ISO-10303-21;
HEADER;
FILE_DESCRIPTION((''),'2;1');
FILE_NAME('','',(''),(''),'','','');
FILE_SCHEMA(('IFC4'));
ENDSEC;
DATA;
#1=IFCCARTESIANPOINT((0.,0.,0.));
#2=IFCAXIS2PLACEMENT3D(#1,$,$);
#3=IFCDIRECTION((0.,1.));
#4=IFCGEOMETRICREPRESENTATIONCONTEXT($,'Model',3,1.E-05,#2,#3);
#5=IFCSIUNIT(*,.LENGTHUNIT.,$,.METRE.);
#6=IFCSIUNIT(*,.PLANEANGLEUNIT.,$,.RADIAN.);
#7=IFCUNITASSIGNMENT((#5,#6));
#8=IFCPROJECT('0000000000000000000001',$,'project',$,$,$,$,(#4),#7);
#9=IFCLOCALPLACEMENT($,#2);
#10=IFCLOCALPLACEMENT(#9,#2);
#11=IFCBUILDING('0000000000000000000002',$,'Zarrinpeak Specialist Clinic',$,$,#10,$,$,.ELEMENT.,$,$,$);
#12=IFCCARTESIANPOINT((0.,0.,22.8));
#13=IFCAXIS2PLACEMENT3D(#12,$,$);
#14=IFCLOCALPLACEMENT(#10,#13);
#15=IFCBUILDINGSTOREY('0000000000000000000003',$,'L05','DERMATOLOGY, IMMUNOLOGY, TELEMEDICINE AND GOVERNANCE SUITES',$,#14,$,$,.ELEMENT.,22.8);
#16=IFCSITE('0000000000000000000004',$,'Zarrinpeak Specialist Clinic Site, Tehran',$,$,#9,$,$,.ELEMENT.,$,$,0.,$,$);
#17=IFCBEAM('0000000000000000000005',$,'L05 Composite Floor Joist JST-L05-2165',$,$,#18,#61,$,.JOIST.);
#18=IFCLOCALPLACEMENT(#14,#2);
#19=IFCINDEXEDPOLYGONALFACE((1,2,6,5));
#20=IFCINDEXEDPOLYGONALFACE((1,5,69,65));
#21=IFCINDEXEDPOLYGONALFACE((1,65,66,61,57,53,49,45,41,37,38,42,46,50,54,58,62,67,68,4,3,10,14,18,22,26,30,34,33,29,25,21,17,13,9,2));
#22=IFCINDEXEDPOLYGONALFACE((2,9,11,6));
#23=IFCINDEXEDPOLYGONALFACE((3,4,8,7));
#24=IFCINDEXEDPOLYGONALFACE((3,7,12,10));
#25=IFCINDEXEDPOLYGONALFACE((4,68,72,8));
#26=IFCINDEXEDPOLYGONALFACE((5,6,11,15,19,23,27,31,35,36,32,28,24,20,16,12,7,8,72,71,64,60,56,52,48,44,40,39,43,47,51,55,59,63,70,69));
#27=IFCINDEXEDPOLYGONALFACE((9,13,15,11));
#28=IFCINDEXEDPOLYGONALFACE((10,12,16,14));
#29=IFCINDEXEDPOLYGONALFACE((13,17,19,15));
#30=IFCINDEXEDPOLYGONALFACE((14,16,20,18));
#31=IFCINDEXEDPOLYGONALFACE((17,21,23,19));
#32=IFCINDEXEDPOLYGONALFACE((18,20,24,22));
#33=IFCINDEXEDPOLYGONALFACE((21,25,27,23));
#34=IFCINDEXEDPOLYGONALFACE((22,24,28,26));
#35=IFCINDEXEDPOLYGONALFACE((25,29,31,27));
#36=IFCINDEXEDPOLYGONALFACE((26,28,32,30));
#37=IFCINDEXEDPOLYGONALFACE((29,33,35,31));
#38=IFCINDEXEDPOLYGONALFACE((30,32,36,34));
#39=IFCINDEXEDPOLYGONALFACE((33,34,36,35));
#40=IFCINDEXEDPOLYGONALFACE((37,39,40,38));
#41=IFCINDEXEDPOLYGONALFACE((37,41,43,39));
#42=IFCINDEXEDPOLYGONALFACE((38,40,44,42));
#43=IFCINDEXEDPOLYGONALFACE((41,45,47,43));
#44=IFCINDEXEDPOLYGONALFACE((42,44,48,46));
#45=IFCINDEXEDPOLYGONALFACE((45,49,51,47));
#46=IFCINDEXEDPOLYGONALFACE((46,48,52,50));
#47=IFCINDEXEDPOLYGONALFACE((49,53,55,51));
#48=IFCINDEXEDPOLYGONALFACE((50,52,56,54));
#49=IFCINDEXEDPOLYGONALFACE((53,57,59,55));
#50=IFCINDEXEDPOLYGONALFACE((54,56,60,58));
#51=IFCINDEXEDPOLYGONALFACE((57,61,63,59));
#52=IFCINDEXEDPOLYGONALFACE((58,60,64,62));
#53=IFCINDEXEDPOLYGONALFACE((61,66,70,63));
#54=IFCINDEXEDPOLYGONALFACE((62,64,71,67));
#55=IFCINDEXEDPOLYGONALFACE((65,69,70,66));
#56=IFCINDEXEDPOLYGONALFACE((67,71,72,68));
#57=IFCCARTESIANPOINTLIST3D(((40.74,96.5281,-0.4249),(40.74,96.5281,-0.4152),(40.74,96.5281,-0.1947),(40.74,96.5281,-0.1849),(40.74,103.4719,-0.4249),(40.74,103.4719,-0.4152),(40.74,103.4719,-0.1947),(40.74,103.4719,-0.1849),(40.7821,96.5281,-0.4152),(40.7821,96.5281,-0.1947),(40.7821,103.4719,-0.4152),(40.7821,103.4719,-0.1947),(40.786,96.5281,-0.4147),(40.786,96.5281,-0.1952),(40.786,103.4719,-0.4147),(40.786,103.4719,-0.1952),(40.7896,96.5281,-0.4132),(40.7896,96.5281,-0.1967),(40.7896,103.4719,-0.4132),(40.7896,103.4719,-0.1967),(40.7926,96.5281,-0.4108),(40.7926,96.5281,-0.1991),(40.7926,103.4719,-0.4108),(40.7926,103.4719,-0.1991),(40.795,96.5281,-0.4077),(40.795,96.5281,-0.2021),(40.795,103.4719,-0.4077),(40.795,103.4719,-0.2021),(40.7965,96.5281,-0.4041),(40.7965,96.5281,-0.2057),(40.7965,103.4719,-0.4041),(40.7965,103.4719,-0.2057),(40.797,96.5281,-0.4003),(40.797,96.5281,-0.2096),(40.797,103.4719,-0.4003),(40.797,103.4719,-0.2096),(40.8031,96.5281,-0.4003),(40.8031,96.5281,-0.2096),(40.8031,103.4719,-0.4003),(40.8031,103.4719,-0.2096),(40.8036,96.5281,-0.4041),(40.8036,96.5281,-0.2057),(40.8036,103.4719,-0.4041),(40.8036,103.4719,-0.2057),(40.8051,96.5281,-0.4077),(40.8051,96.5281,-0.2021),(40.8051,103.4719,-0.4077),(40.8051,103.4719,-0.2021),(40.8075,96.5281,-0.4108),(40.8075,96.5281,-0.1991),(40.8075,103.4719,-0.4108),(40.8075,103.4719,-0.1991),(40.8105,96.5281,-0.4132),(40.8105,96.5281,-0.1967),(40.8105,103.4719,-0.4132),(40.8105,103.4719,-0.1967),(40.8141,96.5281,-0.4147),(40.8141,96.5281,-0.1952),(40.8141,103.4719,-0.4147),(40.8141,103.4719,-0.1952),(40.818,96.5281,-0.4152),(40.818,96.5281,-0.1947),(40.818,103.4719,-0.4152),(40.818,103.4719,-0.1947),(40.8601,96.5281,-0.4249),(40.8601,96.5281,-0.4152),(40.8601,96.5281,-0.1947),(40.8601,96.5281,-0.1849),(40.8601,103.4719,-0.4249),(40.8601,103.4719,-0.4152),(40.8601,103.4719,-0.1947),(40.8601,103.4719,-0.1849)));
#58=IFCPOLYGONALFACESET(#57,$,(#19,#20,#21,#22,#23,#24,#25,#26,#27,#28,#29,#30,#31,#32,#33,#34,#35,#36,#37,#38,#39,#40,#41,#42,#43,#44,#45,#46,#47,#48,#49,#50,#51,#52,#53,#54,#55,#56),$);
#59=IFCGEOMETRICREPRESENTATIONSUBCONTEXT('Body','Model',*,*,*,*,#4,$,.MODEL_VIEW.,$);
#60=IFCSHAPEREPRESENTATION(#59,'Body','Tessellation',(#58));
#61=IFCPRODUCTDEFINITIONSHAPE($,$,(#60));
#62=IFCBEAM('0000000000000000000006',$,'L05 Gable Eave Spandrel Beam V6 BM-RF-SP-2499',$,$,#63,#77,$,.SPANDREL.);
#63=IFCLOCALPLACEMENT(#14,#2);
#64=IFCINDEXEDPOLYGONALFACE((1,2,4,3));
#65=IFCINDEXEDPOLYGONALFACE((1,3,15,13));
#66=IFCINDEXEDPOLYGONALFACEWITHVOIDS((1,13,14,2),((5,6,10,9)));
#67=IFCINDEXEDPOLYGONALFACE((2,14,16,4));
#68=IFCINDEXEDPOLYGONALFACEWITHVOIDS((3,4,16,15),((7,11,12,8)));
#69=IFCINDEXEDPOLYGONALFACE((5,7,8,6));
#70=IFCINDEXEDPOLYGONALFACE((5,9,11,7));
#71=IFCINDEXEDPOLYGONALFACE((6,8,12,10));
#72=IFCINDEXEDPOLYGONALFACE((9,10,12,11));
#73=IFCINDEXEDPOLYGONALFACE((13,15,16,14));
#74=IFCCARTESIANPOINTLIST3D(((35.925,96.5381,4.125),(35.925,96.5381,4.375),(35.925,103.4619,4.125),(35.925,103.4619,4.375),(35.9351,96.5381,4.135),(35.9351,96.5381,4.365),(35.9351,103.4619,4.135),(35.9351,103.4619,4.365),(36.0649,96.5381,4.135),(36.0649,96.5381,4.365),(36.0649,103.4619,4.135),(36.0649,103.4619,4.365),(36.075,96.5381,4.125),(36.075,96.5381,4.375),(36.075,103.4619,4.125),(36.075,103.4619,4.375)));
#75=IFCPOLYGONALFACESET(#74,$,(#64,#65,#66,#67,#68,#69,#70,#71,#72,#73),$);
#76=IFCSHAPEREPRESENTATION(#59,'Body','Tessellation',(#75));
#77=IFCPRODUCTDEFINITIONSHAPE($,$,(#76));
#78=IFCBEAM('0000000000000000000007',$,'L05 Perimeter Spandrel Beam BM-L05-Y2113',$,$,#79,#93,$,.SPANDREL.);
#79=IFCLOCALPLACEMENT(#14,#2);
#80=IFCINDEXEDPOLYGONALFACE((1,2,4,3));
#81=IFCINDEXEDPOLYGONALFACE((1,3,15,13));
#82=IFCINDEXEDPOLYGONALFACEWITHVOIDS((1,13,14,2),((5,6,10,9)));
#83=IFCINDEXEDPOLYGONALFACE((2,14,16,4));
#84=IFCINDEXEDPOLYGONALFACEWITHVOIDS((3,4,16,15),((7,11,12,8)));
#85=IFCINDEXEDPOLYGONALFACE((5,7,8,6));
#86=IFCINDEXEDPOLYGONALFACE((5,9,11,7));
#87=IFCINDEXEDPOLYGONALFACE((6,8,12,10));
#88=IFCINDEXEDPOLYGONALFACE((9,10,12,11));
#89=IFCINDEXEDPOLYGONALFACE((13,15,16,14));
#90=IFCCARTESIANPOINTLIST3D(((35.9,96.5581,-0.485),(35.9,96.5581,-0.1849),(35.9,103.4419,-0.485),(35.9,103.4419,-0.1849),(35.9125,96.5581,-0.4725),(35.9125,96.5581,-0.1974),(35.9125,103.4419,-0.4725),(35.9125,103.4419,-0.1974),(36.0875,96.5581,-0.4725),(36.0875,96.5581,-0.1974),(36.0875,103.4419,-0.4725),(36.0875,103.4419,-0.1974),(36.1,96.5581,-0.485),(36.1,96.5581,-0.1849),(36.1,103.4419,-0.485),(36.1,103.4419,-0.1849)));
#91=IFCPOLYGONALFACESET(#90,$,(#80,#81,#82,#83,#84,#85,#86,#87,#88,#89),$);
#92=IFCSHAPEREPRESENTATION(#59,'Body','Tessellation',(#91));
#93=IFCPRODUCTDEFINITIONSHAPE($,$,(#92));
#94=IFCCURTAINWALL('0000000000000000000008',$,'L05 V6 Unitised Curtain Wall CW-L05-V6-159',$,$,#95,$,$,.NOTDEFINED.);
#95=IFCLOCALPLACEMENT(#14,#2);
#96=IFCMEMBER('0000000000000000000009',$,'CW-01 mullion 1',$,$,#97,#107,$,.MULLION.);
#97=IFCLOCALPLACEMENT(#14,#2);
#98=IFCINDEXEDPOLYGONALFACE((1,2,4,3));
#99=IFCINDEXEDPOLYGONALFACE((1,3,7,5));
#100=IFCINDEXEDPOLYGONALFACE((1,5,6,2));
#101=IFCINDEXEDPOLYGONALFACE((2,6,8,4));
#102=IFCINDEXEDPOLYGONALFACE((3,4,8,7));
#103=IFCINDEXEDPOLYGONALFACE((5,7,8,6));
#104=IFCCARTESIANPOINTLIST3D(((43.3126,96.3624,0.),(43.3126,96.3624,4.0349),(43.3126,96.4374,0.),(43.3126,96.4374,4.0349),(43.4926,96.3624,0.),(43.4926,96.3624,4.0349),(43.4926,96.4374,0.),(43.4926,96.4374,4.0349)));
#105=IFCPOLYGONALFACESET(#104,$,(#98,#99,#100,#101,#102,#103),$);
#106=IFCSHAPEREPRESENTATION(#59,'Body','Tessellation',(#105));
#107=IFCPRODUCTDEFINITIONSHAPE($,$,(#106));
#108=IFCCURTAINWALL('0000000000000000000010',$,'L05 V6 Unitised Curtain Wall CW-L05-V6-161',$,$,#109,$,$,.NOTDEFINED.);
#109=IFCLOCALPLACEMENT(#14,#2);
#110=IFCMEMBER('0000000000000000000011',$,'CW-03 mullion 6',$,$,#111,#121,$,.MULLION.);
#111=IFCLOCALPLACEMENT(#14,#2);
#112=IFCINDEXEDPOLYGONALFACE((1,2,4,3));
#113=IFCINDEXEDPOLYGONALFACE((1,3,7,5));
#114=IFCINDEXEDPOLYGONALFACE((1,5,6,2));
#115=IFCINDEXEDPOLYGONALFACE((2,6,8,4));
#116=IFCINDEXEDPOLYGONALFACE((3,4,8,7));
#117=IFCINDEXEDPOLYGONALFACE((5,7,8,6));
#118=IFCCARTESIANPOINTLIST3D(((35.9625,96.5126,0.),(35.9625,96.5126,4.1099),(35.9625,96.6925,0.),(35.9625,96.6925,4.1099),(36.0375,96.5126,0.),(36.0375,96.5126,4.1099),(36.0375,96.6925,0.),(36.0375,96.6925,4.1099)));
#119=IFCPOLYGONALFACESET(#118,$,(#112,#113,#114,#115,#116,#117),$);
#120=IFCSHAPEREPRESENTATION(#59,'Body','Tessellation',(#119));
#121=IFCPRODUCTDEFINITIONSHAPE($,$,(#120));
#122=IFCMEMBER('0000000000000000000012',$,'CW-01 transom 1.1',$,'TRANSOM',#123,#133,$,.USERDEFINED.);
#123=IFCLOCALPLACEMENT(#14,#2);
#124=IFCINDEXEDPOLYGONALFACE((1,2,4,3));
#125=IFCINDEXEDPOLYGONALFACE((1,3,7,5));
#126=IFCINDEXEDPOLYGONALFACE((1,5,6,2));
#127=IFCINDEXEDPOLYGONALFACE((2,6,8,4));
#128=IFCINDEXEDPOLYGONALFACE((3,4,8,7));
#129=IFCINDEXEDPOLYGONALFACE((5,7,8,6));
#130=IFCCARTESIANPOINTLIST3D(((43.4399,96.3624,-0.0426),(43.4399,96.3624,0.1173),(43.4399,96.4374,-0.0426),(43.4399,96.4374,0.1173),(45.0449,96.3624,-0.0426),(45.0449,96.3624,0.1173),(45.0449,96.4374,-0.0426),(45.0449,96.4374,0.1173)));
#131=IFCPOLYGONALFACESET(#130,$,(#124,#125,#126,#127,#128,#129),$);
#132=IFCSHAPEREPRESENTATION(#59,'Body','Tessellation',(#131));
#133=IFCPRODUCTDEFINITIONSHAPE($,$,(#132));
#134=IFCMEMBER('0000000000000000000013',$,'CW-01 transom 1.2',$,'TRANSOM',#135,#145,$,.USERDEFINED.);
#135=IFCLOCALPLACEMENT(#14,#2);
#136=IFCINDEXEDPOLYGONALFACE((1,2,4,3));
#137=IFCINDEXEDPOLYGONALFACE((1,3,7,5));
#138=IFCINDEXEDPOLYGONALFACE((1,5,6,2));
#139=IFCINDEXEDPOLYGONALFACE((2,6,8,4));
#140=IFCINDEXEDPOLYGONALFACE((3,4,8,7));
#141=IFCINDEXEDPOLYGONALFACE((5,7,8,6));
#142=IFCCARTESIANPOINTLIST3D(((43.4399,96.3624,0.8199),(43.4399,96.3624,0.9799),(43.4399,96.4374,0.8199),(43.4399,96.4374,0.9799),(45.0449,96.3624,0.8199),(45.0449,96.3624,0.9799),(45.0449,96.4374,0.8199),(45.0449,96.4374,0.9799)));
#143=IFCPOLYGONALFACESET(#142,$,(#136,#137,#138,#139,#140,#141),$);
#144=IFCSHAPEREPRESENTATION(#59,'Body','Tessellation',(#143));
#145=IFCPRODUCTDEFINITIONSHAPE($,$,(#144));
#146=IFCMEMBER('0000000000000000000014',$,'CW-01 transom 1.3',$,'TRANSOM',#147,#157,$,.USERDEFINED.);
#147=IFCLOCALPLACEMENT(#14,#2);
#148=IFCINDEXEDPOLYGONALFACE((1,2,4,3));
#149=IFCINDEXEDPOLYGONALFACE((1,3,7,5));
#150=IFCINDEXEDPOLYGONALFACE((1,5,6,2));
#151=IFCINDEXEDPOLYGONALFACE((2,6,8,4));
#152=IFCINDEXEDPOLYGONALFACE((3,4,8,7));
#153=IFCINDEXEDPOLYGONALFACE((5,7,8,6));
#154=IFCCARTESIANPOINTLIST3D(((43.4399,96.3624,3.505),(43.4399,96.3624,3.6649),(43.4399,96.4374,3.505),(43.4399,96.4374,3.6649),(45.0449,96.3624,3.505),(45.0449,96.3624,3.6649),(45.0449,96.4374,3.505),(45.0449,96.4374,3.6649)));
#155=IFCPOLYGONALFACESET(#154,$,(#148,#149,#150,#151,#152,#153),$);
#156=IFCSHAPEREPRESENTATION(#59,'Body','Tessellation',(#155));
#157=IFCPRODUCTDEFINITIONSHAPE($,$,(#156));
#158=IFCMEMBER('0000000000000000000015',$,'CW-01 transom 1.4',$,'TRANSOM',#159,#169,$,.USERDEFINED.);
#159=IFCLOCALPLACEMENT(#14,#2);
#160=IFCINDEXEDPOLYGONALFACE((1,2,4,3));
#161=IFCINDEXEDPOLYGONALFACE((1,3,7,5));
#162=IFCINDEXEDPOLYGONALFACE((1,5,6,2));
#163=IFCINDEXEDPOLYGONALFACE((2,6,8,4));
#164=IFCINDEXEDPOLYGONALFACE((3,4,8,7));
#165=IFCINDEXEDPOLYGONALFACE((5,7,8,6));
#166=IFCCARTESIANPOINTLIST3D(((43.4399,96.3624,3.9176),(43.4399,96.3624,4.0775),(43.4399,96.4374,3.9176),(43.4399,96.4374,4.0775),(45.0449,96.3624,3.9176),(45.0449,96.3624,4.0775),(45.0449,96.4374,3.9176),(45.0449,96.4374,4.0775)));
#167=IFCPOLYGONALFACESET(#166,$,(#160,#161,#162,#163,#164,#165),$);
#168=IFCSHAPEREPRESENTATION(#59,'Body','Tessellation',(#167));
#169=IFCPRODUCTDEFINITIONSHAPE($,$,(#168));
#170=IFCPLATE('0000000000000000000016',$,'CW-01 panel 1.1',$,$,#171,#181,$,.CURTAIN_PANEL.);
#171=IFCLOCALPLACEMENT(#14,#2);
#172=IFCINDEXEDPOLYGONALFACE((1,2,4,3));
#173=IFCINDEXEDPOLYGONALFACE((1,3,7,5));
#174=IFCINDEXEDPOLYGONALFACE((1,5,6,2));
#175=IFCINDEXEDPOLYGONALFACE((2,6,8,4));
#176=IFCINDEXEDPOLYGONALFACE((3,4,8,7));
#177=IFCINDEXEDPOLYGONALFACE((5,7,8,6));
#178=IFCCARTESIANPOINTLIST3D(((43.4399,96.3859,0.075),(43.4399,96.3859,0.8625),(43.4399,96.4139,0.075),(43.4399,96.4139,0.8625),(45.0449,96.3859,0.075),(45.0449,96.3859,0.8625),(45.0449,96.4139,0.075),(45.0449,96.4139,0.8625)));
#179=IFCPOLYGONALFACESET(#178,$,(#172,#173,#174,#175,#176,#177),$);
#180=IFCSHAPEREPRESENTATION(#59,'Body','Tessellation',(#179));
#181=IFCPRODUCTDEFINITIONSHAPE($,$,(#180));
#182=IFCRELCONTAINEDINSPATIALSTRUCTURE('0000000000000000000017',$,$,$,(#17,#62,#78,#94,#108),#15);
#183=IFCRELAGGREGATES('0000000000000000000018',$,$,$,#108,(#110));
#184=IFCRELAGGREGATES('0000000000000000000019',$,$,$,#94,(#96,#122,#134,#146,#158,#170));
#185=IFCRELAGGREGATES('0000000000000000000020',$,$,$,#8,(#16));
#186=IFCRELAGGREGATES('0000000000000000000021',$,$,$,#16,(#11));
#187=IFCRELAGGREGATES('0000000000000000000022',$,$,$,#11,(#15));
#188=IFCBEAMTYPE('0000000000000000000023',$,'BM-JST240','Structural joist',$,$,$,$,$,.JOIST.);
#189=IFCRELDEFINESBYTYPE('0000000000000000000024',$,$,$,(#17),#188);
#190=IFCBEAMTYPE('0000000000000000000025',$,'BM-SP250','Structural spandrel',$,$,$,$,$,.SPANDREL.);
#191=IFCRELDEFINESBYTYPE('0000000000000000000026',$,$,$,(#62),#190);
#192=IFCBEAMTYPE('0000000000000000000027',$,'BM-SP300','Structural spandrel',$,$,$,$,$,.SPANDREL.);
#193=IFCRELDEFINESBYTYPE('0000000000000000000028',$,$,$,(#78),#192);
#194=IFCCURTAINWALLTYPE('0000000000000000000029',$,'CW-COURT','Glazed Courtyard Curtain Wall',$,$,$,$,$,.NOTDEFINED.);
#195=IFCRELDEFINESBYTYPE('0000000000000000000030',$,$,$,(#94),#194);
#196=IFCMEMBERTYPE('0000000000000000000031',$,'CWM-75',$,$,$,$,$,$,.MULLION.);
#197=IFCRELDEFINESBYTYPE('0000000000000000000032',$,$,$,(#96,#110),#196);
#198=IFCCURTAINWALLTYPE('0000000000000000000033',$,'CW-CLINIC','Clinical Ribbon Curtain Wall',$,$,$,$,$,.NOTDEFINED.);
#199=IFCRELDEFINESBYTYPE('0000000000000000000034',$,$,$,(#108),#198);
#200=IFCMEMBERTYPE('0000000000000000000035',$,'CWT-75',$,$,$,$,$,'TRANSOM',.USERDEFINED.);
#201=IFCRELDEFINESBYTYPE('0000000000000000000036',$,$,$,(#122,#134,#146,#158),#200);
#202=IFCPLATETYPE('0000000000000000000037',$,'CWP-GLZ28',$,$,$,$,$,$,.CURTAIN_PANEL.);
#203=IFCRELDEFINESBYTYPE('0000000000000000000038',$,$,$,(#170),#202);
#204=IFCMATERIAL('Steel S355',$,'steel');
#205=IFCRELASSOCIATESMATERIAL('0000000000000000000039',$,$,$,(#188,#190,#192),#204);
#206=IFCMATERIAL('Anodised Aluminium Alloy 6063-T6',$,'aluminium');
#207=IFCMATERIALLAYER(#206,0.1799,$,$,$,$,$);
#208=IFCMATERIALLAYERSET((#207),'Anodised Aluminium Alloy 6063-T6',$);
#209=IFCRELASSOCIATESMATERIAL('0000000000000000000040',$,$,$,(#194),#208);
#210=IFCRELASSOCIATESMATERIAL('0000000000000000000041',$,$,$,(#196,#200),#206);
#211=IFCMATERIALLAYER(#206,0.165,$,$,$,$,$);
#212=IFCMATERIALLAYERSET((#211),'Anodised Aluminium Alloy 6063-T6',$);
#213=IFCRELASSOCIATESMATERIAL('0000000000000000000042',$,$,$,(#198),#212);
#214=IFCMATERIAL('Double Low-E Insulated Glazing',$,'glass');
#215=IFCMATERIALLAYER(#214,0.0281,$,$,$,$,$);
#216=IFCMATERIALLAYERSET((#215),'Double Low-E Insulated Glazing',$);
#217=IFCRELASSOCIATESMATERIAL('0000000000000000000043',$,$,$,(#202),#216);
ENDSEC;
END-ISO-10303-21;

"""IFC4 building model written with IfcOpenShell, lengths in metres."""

from ifc_helpers import new_model, si_unit, direction, frame, origin, origin_2d, place, context, subcontext, project, spatial, rectangle, hollow_rectangle, i_section, extrude, material, layer, layer_set, material_profile, profile_set, type_object, element, aggregate, save


model = new_model("IFC4")

# Units and contexts
model_context = context("Model", 3, precision=1e-05, world=origin(), true_north=direction((0.0, 1.0)))
body_context = subcontext(model_context, "Body", "Model", "MODEL_VIEW")
ifc_project = project(units=[si_unit("LENGTHUNIT", "METRE"), si_unit("PLANEANGLEUNIT", "RADIAN")], contexts=[model_context])

# Site, building, storey
site_placement = place(None, origin())
site = spatial("IfcSite", under=ifc_project, at=site_placement, Name="Zarrinpeak Specialist Clinic Site, Tehran", CompositionType="ELEMENT", RefElevation=0.0)
building_placement = place(site_placement, origin())
building = spatial("IfcBuilding", under=site, at=building_placement, Name="Zarrinpeak Specialist Clinic", CompositionType="ELEMENT")
storey_placement = place(building_placement, frame((0.0, 0.0, 22.8)))
storey = spatial("IfcBuildingStorey", under=building, at=storey_placement, Name="L05", Description="DERMATOLOGY, IMMUNOLOGY, TELEMEDICINE AND GOVERNANCE SUITES", CompositionType="ELEMENT", Elevation=22.8)

# Shared definitions
ifc_material_1 = material(Name="Steel S355", Category="steel")

# Beams
ifc_material_profile_1 = material_profile(ifc_material_1, i_section(OverallWidth=0.1201, OverallDepth=0.24, WebThickness=0.0061, FlangeThickness=0.0098, FilletRadius=0.0149, at=origin_2d()), Name="IPE 240")
ifc_profile_set_1 = profile_set([ifc_material_profile_1], Name="Steel S355")
beam_type_1 = type_object("IfcBeamType", Name="BM-JST240", Description="Structural joist", PredefinedType="JOIST", material=ifc_profile_set_1)
for number, where, z_axis, x_axis, name in (
    (1, (40.8, 96.5281, -0.3049), (0.0, 1.0, 0.0), (-1.0, 0.0, 0.0), "L05 Composite Floor Joist JST-L05-2165"),
):
    element("IfcBeam", number, at=place(storey_placement, frame(where, z_axis=z_axis, x_axis=x_axis)), inside=storey, type_object=beam_type_1, Name=name, PredefinedType="JOIST", context=body_context, shape_type="SweptSolid", body=[
        extrude(i_section(OverallWidth=0.1201, OverallDepth=0.24, WebThickness=0.0061, FlangeThickness=0.0098, FilletRadius=0.0149, at=origin_2d()), origin(), (0.0, 0.0, 1.0), 6.9438),
    ])
ifc_material_profile_2 = material_profile(ifc_material_1, hollow_rectangle(XDim=0.1499, YDim=0.25, WallThickness=0.01, at=origin_2d()), Name="RHS 250x150x10.0")
ifc_profile_set_2 = profile_set([ifc_material_profile_2], Name="Steel S355")
beam_type_2 = type_object("IfcBeamType", Name="BM-SP250", Description="Structural spandrel", PredefinedType="SPANDREL", material=ifc_profile_set_2)
beam_1_placement = place(storey_placement, frame((36.0, 96.5381, 4.25), z_axis=(0.0, 1.0, 0.0), x_axis=(-1.0, 0.0, 0.0)))
element("IfcBeam", 2, at=beam_1_placement, inside=storey, type_object=beam_type_2, Name="L05 Gable Eave Spandrel Beam V6 BM-RF-SP-2499", PredefinedType="SPANDREL", context=body_context, shape_type="SweptSolid", body=[
    extrude(hollow_rectangle(XDim=0.1499, YDim=0.25, WallThickness=0.01, at=origin_2d()), origin(), (0.0, 0.0, 1.0), 6.9238),
])
ifc_material_profile_3 = material_profile(ifc_material_1, hollow_rectangle(XDim=0.2, YDim=0.3, WallThickness=0.0125, at=origin_2d()), Name="RHS 300x200x12.5")
ifc_profile_set_3 = profile_set([ifc_material_profile_3], Name="Steel S355")
beam_type_3 = type_object("IfcBeamType", Name="BM-SP300", Description="Structural spandrel", PredefinedType="SPANDREL", material=ifc_profile_set_3)
beam_2_placement = place(storey_placement, frame((36.0, 96.5581, -0.335), z_axis=(0.0, 1.0, 0.0), x_axis=(-1.0, 0.0, 0.0)))
element("IfcBeam", 3, at=beam_2_placement, inside=storey, type_object=beam_type_3, Name="L05 Perimeter Spandrel Beam BM-L05-Y2113", PredefinedType="SPANDREL", context=body_context, shape_type="SweptSolid", body=[
    extrude(hollow_rectangle(XDim=0.2, YDim=0.3, WallThickness=0.0125, at=origin_2d()), origin(), (0.0, 0.0, 1.0), 6.8838),
])

# Curtain walls, members
ifc_material_2 = material(Name="Anodised Aluminium Alloy 6063-T6", Category="aluminium")
ifc_layer_1 = layer(ifc_material_2, 0.1799)
ifc_layer_set_1 = layer_set([ifc_layer_1], Name="Anodised Aluminium Alloy 6063-T6")
curtain_wall_type_1 = type_object("IfcCurtainWallType", Name="CW-COURT", Description="Glazed Courtyard Curtain Wall", PredefinedType="NOTDEFINED", material=ifc_layer_set_1)
curtain_wall_1_placement = place(storey_placement, origin())
curtain_wall_1 = element("IfcCurtainWall", 4, at=curtain_wall_1_placement, inside=storey, type_object=curtain_wall_type_1, Name="L05 V6 Unitised Curtain Wall CW-L05-V6-159", PredefinedType="NOTDEFINED")
ifc_material_profile_4 = material_profile(ifc_material_2, rectangle(XDim=0.075, YDim=0.1799, at=origin_2d()), Name="ALU 75x180")
ifc_profile_set_4 = profile_set([ifc_material_profile_4], Name="Anodised Aluminium Alloy 6063-T6")
member_type_1 = type_object("IfcMemberType", Name="CWM-75", PredefinedType="MULLION", material=ifc_profile_set_4)
member_1_placement = place(storey_placement, frame((43.4026, 96.3999, 0.0), z_axis=(0.0, 0.0, 1.0), x_axis=(0.0, 1.0, 0.0)))
member_1 = element("IfcMember", 5, at=member_1_placement, type_object=member_type_1, Name="CW-01 mullion 1", PredefinedType="MULLION", context=body_context, shape_type="SweptSolid", body=[
    extrude(rectangle(XDim=0.075, YDim=0.1799, at=origin_2d()), origin(), (0.0, 0.0, 1.0), 4.0349),
])
ifc_layer_2 = layer(ifc_material_2, 0.165)
ifc_layer_set_2 = layer_set([ifc_layer_2], Name="Anodised Aluminium Alloy 6063-T6")
curtain_wall_type_2 = type_object("IfcCurtainWallType", Name="CW-CLINIC", Description="Clinical Ribbon Curtain Wall", PredefinedType="NOTDEFINED", material=ifc_layer_set_2)
curtain_wall_2_placement = place(storey_placement, origin())
curtain_wall_2 = element("IfcCurtainWall", 6, at=curtain_wall_2_placement, inside=storey, type_object=curtain_wall_type_2, Name="L05 V6 Unitised Curtain Wall CW-L05-V6-161", PredefinedType="NOTDEFINED")
member_2_placement = place(storey_placement, frame((36.0, 96.6025, 0.0), z_axis=(0.0, 0.0, 1.0), x_axis=(1.0, 0.0, 0.0)))
member_2 = element("IfcMember", 7, at=member_2_placement, type_object=member_type_1, Name="CW-03 mullion 6", PredefinedType="MULLION", context=body_context, shape_type="SweptSolid", body=[
    extrude(rectangle(XDim=0.075, YDim=0.1799, at=origin_2d()), origin(), (0.0, 0.0, 1.0), 4.1099),
])
aggregate(curtain_wall_2, [member_2])

# Members
ifc_material_profile_5 = material_profile(ifc_material_2, rectangle(XDim=0.075, YDim=0.1599, at=origin_2d()), Name="ALU 75x160")
ifc_profile_set_5 = profile_set([ifc_material_profile_5], Name="Anodised Aluminium Alloy 6063-T6")
member_type_2 = type_object("IfcMemberType", Name="CWT-75", ElementType="TRANSOM", PredefinedType="USERDEFINED", material=ifc_profile_set_5)
member_3_placement = place(storey_placement, frame((43.4399, 96.3999, 0.0374), z_axis=(1.0, 0.0, 0.0), x_axis=(0.0, 1.0, 0.0)))
member_3 = element("IfcMember", 8, at=member_3_placement, type_object=member_type_2, Name="CW-01 transom 1.1", ObjectType="TRANSOM", PredefinedType="USERDEFINED", context=body_context, shape_type="SweptSolid", body=[
    extrude(rectangle(XDim=0.075, YDim=0.1599, at=origin_2d()), origin(), (0.0, 0.0, 1.0), 1.605),
])
member_4_placement = place(storey_placement, frame((43.4399, 96.3999, 0.8999), z_axis=(1.0, 0.0, 0.0), x_axis=(0.0, 1.0, 0.0)))
member_4 = element("IfcMember", 9, at=member_4_placement, type_object=member_type_2, Name="CW-01 transom 1.2", ObjectType="TRANSOM", PredefinedType="USERDEFINED", context=body_context, shape_type="SweptSolid", body=[
    extrude(rectangle(XDim=0.075, YDim=0.1599, at=origin_2d()), origin(), (0.0, 0.0, 1.0), 1.605),
])
member_5_placement = place(storey_placement, frame((43.4399, 96.3999, 3.585), z_axis=(1.0, 0.0, 0.0), x_axis=(0.0, 1.0, 0.0)))
member_5 = element("IfcMember", 10, at=member_5_placement, type_object=member_type_2, Name="CW-01 transom 1.3", ObjectType="TRANSOM", PredefinedType="USERDEFINED", context=body_context, shape_type="SweptSolid", body=[
    extrude(rectangle(XDim=0.075, YDim=0.1599, at=origin_2d()), origin(), (0.0, 0.0, 1.0), 1.605),
])
member_6_placement = place(storey_placement, frame((43.4399, 96.3999, 3.9976), z_axis=(1.0, 0.0, 0.0), x_axis=(0.0, 1.0, 0.0)))
member_6 = element("IfcMember", 11, at=member_6_placement, type_object=member_type_2, Name="CW-01 transom 1.4", ObjectType="TRANSOM", PredefinedType="USERDEFINED", context=body_context, shape_type="SweptSolid", body=[
    extrude(rectangle(XDim=0.075, YDim=0.1599, at=origin_2d()), origin(), (0.0, 0.0, 1.0), 1.605),
])

# Plate
ifc_material_3 = material(Name="Double Low-E Insulated Glazing", Category="glass")
ifc_layer_3 = layer(ifc_material_3, 0.0281)
ifc_layer_set_3 = layer_set([ifc_layer_3], Name="Double Low-E Insulated Glazing")
plate_type = type_object("IfcPlateType", Name="CWP-GLZ28", PredefinedType="CURTAIN_PANEL", material=ifc_layer_set_3)
plate_1_placement = place(storey_placement, frame((44.2424, 96.3999, 0.075), z_axis=(0.0, 0.0, 1.0), x_axis=(1.0, 0.0, 0.0)))
plate_1 = element("IfcPlate", 12, at=plate_1_placement, type_object=plate_type, Name="CW-01 panel 1.1", PredefinedType="CURTAIN_PANEL", context=body_context, shape_type="SweptSolid", body=[
    extrude(rectangle(XDim=1.605, YDim=0.0281, at=origin_2d()), origin(), (0.0, 0.0, 1.0), 0.7876),
])
aggregate(curtain_wall_1, [member_1, member_3, member_4, member_5, member_6, plate_1])

save(model, "model.ifc")
